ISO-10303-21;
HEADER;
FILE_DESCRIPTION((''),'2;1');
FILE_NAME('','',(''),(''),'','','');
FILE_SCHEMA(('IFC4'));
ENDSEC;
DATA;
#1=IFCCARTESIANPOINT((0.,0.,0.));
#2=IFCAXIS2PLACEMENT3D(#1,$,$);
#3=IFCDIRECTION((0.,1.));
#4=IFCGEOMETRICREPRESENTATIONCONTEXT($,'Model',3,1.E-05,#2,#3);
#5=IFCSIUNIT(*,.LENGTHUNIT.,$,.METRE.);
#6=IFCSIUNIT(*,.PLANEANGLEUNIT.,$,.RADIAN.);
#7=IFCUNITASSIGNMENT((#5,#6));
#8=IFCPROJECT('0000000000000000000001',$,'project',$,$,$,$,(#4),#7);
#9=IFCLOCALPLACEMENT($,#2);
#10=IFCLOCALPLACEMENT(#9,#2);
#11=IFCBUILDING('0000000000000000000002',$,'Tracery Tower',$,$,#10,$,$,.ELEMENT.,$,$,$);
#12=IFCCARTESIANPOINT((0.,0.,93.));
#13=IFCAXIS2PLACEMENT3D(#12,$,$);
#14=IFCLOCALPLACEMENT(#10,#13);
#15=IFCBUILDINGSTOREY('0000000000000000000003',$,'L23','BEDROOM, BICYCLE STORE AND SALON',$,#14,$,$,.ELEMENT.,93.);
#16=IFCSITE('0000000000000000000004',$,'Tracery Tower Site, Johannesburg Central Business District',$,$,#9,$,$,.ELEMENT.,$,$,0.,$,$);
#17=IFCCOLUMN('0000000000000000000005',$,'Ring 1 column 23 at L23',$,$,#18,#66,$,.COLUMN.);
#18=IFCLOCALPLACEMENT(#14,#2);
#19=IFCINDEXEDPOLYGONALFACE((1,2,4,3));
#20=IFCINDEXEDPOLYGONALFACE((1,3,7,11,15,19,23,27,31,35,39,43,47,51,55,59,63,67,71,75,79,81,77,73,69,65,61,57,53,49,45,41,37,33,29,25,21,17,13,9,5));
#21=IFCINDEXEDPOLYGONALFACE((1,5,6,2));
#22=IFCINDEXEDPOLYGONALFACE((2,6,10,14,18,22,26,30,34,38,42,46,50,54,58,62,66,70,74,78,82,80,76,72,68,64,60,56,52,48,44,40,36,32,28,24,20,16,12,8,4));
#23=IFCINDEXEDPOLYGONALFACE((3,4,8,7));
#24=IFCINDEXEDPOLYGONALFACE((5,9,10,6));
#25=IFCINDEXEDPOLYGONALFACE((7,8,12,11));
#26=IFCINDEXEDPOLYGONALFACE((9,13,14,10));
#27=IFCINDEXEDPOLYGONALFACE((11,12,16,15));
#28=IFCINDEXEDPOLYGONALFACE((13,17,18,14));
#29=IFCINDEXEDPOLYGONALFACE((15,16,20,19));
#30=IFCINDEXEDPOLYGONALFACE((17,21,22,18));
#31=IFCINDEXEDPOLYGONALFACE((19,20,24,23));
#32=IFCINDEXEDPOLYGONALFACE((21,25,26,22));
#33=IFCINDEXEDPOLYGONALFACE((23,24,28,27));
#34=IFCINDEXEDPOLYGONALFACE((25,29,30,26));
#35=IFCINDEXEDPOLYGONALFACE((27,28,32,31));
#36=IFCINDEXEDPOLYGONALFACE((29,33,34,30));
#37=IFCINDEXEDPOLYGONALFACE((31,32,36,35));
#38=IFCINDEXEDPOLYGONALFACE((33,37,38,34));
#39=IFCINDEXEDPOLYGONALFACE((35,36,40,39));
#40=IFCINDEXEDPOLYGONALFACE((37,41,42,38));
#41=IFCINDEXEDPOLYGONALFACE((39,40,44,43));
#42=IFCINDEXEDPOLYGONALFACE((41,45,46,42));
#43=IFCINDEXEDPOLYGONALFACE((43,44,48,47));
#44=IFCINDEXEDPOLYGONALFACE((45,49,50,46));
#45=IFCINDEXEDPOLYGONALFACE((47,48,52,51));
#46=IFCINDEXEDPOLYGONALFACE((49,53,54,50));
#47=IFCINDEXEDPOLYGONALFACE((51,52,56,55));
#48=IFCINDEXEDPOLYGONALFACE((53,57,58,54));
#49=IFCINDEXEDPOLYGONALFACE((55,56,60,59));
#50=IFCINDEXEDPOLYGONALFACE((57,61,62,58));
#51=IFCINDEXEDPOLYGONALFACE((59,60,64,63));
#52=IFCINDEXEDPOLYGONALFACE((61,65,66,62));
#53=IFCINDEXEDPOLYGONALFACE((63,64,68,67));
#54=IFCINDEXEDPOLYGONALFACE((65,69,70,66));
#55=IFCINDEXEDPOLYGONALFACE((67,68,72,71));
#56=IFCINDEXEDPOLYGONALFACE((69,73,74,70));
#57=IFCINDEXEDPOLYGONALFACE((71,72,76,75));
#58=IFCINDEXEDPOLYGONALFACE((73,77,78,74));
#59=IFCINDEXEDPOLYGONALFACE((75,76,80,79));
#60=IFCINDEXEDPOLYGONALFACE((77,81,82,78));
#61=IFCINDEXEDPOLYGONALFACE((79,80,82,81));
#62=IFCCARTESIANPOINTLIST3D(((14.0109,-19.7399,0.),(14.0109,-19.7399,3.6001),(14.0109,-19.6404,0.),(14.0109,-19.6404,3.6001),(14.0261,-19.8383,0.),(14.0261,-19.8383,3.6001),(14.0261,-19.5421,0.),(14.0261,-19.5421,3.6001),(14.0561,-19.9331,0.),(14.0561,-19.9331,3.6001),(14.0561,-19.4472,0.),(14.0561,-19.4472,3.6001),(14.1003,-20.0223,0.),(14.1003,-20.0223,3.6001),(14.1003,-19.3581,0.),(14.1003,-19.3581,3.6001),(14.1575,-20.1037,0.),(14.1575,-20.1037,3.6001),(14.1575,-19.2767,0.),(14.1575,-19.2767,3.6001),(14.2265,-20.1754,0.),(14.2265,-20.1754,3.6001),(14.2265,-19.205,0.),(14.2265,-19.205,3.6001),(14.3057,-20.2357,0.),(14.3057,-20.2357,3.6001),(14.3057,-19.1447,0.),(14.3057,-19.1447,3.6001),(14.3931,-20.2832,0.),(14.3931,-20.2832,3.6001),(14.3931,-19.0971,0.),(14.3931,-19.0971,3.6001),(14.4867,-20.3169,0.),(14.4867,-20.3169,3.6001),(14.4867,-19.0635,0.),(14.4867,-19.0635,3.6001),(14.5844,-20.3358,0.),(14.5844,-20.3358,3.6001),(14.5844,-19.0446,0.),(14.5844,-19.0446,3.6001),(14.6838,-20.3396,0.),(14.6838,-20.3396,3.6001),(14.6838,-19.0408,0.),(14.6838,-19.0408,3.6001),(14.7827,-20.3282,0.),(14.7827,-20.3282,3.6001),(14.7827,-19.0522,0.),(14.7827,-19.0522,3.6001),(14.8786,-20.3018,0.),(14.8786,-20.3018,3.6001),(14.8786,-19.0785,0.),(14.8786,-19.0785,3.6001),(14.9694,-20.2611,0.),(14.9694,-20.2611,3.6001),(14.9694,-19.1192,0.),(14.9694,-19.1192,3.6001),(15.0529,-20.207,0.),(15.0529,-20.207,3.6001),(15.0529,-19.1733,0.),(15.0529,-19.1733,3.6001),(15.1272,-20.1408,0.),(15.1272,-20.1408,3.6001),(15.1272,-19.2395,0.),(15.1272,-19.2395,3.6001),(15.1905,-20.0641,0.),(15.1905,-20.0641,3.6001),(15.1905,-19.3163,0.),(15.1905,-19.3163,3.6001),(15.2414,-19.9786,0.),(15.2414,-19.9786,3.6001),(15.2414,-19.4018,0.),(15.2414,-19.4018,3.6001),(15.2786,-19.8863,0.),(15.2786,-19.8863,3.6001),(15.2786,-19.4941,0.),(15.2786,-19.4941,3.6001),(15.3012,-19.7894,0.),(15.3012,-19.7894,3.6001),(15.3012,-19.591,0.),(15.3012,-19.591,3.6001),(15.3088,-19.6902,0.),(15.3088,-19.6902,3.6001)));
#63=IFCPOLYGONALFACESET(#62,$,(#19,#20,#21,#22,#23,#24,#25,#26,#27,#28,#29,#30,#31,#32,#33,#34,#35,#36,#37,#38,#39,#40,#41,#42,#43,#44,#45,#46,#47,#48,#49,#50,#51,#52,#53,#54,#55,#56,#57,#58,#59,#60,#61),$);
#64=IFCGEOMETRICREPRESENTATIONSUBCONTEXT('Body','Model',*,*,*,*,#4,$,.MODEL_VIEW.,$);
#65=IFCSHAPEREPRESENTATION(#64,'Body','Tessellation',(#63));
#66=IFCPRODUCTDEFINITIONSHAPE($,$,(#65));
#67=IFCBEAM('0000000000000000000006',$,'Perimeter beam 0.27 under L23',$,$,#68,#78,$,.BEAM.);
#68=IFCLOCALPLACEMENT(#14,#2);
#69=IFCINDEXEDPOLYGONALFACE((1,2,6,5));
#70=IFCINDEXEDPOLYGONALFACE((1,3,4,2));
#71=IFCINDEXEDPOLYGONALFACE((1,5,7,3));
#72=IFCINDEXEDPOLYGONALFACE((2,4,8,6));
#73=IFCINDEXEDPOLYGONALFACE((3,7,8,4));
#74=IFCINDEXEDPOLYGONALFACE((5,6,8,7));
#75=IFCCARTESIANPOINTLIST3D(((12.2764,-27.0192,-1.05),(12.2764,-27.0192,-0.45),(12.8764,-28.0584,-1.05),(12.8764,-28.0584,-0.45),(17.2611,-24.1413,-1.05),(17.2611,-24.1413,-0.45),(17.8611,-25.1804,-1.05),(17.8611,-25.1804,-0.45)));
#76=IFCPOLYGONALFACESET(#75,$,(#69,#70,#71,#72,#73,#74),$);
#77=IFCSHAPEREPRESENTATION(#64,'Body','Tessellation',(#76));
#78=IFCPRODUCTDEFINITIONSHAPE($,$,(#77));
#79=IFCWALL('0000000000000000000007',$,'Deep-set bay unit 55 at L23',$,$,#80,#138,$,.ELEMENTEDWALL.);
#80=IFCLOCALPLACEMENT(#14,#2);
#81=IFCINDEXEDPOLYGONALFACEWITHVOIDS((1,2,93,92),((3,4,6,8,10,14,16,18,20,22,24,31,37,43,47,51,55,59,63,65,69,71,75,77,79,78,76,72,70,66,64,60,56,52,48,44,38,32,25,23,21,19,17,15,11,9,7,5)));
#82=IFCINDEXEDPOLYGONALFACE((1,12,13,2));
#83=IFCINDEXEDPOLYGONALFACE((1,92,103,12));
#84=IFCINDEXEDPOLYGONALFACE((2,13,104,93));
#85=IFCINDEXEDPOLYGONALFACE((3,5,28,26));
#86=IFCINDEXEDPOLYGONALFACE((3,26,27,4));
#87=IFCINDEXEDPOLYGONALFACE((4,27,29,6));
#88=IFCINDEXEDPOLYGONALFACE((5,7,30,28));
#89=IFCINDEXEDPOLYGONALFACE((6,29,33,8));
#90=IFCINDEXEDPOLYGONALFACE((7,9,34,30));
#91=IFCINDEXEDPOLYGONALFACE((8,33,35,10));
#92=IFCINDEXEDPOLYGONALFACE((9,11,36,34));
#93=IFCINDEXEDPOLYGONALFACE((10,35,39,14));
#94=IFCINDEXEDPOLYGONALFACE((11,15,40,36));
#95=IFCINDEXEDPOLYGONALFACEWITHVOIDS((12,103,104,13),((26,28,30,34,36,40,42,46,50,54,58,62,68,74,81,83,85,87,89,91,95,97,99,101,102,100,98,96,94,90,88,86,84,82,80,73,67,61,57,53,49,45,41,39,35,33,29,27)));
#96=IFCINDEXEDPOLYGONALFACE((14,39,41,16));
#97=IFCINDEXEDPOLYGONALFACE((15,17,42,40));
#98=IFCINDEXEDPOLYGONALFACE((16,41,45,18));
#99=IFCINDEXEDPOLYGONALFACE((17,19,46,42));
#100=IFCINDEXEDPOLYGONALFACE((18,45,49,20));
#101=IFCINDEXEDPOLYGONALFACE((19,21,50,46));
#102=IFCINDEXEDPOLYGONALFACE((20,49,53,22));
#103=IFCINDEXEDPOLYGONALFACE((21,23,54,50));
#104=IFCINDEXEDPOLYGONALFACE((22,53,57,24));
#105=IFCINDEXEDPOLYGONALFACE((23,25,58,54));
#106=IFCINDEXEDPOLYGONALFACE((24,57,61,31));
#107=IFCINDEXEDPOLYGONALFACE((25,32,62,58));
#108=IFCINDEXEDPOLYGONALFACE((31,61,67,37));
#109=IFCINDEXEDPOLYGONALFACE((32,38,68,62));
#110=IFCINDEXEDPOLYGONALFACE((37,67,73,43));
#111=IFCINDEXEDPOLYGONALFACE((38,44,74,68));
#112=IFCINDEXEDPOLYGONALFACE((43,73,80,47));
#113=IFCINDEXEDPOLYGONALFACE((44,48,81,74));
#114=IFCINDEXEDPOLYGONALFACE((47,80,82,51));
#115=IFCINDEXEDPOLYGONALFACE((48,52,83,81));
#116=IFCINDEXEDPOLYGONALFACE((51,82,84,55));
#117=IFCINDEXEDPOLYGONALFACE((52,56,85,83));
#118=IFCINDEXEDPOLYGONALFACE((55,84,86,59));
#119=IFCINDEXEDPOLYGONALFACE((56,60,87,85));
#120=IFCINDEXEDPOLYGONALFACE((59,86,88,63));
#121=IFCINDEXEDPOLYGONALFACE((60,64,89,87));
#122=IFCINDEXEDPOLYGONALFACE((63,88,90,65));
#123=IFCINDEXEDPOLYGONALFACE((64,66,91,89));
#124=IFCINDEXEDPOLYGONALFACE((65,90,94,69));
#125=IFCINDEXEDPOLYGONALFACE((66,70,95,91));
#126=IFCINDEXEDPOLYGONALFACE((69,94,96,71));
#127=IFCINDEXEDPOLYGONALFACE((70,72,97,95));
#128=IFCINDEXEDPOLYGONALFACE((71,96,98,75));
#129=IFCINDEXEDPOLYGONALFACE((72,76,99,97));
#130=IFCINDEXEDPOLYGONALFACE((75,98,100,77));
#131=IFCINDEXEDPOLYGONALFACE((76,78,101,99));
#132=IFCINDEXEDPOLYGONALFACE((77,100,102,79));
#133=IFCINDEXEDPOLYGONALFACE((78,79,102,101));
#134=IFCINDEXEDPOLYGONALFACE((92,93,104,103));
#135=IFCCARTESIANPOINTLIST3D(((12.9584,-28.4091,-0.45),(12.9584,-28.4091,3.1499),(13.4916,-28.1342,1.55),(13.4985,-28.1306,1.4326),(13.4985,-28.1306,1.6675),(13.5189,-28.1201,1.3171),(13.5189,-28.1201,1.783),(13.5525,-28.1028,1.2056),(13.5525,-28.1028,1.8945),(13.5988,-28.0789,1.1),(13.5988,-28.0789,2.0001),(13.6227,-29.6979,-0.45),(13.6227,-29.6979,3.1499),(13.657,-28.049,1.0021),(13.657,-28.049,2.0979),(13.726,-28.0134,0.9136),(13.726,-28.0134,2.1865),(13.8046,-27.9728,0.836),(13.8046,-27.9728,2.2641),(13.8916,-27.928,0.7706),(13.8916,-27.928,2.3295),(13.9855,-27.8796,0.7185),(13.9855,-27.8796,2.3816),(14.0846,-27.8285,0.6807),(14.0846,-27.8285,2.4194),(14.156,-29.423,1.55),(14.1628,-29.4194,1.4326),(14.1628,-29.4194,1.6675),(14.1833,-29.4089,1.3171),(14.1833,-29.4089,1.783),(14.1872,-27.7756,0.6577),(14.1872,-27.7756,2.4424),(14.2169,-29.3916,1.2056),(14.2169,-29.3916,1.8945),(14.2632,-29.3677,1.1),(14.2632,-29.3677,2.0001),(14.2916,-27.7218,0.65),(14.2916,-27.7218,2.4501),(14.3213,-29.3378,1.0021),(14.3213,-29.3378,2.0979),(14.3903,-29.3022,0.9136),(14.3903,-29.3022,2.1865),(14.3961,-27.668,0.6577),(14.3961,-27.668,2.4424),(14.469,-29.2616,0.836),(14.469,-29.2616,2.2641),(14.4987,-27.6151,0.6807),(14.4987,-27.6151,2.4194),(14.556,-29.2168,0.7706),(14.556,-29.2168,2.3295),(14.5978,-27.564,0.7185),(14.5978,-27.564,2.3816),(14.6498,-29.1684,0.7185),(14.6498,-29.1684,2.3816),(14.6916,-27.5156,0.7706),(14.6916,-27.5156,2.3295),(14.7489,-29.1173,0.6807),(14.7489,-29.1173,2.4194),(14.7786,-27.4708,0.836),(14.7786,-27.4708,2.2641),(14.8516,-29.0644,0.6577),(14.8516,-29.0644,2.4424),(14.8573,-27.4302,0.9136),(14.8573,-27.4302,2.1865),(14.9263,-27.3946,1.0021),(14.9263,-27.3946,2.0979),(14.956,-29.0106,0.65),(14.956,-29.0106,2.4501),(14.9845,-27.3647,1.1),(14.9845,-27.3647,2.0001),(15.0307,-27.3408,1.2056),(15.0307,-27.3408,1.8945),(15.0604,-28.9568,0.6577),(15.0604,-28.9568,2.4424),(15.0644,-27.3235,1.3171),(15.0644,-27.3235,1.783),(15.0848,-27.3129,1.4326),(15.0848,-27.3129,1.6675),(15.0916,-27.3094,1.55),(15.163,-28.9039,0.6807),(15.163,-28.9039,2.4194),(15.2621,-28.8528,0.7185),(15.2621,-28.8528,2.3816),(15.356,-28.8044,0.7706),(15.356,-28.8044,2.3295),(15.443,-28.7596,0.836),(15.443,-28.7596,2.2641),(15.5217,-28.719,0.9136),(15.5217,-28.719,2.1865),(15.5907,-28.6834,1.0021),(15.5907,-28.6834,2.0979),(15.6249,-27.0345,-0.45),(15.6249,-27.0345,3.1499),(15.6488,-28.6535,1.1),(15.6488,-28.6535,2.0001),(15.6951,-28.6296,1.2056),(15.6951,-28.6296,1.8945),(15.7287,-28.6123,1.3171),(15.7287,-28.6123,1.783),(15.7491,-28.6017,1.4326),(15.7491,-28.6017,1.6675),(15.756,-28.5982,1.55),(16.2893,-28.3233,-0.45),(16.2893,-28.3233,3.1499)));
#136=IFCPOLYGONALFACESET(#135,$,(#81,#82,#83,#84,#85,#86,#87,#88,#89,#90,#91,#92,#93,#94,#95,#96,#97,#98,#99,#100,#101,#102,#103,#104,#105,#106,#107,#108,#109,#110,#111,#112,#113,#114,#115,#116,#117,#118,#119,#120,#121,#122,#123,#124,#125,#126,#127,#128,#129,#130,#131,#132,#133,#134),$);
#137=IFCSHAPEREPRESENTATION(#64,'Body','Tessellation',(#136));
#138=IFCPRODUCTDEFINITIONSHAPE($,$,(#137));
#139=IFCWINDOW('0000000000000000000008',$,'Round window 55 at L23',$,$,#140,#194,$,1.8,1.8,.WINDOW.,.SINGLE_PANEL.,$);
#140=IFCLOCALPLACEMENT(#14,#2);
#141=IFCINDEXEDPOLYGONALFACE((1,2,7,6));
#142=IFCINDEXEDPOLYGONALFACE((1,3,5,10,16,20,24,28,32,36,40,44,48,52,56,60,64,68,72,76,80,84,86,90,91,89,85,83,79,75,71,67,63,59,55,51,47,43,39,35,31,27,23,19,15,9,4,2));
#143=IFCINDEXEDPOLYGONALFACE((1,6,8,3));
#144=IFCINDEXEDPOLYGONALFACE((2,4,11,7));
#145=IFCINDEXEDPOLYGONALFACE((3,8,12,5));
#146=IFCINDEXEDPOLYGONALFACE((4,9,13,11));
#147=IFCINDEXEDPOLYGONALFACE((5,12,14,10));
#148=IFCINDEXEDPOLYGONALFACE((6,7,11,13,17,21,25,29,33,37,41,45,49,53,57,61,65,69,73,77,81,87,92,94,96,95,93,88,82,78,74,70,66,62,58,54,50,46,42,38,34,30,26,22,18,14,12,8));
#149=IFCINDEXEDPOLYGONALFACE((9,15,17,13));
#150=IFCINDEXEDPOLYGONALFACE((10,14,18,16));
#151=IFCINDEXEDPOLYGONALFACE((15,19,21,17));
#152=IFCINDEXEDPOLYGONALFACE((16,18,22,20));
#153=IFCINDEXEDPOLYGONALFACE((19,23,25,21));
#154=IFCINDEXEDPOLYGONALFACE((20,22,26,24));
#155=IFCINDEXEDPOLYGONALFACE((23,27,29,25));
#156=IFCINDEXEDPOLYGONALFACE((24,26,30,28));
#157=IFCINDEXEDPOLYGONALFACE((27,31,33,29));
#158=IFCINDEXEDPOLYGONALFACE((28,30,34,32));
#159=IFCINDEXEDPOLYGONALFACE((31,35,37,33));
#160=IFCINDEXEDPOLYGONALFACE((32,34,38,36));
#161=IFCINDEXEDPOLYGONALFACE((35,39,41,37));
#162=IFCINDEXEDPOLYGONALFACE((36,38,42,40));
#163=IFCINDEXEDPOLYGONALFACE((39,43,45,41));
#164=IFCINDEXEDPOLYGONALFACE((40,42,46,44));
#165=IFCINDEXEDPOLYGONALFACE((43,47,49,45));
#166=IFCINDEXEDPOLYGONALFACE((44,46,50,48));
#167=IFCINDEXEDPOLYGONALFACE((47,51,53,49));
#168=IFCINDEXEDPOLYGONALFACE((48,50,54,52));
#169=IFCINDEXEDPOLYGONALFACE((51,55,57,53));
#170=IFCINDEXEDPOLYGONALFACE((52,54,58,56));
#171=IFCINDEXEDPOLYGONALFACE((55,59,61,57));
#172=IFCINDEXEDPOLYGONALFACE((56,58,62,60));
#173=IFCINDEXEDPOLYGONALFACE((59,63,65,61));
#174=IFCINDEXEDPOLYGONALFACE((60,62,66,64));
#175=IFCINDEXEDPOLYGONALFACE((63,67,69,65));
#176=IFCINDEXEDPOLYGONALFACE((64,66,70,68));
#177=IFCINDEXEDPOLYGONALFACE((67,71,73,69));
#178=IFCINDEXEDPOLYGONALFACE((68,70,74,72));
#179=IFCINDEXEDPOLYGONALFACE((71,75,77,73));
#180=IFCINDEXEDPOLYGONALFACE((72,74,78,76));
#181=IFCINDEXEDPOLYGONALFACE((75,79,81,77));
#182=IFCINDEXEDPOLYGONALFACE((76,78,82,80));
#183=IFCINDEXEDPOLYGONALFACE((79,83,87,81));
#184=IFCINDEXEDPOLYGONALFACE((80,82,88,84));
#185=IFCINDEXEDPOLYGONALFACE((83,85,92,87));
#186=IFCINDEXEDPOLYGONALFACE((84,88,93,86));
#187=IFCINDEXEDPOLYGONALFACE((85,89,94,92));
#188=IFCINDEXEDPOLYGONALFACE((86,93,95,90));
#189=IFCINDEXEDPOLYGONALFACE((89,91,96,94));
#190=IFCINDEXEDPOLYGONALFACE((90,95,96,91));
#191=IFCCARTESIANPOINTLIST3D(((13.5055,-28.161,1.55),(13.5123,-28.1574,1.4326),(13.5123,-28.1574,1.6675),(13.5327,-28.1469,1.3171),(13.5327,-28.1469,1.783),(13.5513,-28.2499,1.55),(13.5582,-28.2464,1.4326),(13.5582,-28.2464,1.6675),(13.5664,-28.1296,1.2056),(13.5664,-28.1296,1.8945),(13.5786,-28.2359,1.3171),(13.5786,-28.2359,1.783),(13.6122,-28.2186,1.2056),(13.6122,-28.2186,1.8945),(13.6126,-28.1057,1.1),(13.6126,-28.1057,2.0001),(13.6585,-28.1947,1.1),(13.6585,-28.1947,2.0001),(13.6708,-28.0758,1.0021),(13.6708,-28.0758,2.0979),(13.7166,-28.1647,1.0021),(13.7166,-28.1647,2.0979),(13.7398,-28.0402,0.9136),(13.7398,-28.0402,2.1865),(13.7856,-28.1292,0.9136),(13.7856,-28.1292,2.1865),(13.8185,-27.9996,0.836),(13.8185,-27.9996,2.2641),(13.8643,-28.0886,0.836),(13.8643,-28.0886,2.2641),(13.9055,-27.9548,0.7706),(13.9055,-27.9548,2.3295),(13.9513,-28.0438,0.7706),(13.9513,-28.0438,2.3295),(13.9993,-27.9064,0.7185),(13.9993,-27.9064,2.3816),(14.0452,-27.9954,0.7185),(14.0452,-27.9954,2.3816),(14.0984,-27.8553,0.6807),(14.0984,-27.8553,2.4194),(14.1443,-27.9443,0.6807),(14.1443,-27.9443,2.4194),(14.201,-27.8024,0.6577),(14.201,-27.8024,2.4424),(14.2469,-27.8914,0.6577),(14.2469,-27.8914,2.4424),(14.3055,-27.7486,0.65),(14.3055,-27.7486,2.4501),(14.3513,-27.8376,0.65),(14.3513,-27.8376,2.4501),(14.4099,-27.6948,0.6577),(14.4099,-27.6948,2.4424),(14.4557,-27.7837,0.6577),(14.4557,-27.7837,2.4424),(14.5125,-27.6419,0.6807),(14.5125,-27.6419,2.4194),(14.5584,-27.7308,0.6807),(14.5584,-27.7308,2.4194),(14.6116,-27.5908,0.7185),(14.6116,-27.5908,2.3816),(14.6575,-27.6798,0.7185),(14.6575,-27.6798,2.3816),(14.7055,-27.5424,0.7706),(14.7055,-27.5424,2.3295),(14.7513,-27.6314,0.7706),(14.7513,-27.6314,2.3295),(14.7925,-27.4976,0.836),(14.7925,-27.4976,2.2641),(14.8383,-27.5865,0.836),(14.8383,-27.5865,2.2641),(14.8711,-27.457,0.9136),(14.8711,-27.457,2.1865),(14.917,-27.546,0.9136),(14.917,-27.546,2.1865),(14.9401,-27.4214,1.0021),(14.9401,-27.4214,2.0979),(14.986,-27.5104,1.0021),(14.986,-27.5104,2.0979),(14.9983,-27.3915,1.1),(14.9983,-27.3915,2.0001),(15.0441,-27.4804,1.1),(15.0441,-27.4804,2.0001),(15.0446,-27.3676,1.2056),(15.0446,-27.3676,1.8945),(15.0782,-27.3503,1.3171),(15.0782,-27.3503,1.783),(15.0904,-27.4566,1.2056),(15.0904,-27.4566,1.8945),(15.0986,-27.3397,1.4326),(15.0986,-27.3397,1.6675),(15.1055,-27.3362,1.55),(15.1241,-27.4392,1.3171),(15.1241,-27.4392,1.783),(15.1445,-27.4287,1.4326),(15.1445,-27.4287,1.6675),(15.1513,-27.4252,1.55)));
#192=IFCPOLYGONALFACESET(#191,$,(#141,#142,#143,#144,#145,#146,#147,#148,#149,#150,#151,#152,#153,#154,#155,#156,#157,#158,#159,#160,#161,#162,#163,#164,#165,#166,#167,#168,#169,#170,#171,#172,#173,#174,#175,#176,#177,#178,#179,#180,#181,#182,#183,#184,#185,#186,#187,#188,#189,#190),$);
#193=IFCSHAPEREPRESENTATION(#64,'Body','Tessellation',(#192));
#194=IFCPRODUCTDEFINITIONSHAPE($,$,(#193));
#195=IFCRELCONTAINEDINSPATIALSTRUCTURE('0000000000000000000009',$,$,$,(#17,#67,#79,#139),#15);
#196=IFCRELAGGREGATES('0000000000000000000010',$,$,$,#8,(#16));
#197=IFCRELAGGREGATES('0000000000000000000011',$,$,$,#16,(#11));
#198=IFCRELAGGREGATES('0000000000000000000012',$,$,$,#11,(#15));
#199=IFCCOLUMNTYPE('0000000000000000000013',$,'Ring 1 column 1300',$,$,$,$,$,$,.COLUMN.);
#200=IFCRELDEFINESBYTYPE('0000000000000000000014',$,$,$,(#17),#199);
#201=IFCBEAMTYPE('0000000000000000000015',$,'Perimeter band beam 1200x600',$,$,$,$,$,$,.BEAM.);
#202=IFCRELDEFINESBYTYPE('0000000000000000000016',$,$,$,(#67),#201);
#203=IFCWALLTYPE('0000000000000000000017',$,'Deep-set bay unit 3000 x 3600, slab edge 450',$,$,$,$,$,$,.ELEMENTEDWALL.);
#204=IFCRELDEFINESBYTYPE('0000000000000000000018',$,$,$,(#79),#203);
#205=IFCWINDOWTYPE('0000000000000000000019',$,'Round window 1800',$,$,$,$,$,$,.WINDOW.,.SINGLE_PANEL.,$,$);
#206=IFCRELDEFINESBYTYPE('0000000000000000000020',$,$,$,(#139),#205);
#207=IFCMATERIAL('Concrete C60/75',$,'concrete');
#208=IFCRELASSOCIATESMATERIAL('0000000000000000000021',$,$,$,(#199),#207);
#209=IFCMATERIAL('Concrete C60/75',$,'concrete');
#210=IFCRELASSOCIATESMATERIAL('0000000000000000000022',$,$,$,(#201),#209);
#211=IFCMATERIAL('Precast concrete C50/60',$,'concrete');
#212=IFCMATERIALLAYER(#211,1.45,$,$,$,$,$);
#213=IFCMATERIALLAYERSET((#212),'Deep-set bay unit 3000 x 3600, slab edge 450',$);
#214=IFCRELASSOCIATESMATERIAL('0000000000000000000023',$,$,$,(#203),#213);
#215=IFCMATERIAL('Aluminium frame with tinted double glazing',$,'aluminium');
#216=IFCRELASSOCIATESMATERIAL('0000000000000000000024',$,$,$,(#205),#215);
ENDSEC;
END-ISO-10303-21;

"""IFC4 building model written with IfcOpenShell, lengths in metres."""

from ifc_helpers import new_model, si_unit, direction, frame, frame_2d, origin, origin_2d, place, context, subcontext, project, spatial, rectangle, circle, extrude, material, layer, layer_set, material_profile, profile_set, type_object, element, fill, save


model = new_model("IFC4")

# Units and contexts
model_context = context("Model", 3, precision=1e-05, world=origin(), true_north=direction((0.0, 1.0)))
body_context = subcontext(model_context, "Body", "Model", "MODEL_VIEW")
ifc_project = project(units=[si_unit("LENGTHUNIT", "METRE"), si_unit("PLANEANGLEUNIT", "RADIAN")], contexts=[model_context])

# Site, building, storey
site_placement = place(None, origin())
site = spatial("IfcSite", under=ifc_project, at=site_placement, Name="Tracery Tower Site, Johannesburg Central Business District", CompositionType="ELEMENT", RefElevation=0.0)
building_placement = place(site_placement, origin())
building = spatial("IfcBuilding", under=site, at=building_placement, Name="Tracery Tower", CompositionType="ELEMENT")
storey_placement = place(building_placement, frame((0.0, 0.0, 93.0)))
storey = spatial("IfcBuildingStorey", under=building, at=storey_placement, Name="L23", Description="BEDROOM, BICYCLE STORE AND SALON", CompositionType="ELEMENT", Elevation=93.0)

# Column
ifc_material_1 = material(Name="Concrete C60/75", Category="concrete")
ifc_material_profile_1 = material_profile(ifc_material_1, circle(Radius=0.6499, at=origin_2d()), Name="RC D1300")
ifc_profile_set_1 = profile_set([ifc_material_profile_1], Name="Concrete C60/75")
column_type = type_object("IfcColumnType", Name="Ring 1 column 1300", PredefinedType="COLUMN", material=ifc_profile_set_1)
column_placement = place(storey_placement, frame((14.6589, -19.6902, 0.0), z_axis=(0.0, 0.0, 1.0), x_axis=(1.0, 0.0, 0.0)))
element("IfcColumn", 1, at=column_placement, inside=storey, type_object=column_type, Name="Ring 1 column 23 at L23", PredefinedType="COLUMN", context=body_context, shape_type="SweptSolid", body=[
    extrude(circle(Radius=0.6499, at=origin_2d()), origin(), (0.0, 0.0, 1.0), 3.6001),
])

# Beam
ifc_material_2 = material(Name="Concrete C60/75", Category="concrete")
ifc_material_profile_2 = material_profile(ifc_material_2, rectangle(XDim=1.2, YDim=0.6001, at=origin_2d()), Name="RC 1200x600")
ifc_profile_set_2 = profile_set([ifc_material_profile_2], Name="Concrete C60/75")
beam_type = type_object("IfcBeamType", Name="Perimeter band beam 1200x600", PredefinedType="BEAM", material=ifc_profile_set_2)
beam_placement = place(storey_placement, frame((12.5764, -27.5388, -0.75), z_axis=(0.866021, 0.500008, 0.0), x_axis=(-0.500008, 0.866021, 0.0)))
element("IfcBeam", 2, at=beam_placement, inside=storey, type_object=beam_type, Name="Perimeter beam 0.27 under L23", PredefinedType="BEAM", context=body_context, shape_type="SweptSolid", body=[
    extrude(rectangle(XDim=1.2, YDim=0.6001, at=origin_2d()), origin(), (0.0, 0.0, 1.0), 5.7559),
])

# Wall, opening, window
ifc_material_3 = material(Name="Precast concrete C50/60", Category="concrete")
ifc_layer_1 = layer(ifc_material_3, 1.45)
ifc_layer_set_1 = layer_set([ifc_layer_1], Name="Deep-set bay unit 3000 x 3600, slab edge 450")
wall_type_1 = type_object("IfcWallType", Name="Deep-set bay unit 3000 x 3600, slab edge 450", PredefinedType="ELEMENTEDWALL", material=ifc_layer_set_1)
wall_1_placement = place(storey_placement, frame((13.2905, -29.0535, -0.45), z_axis=(0.0, 0.0, 1.0), x_axis=(0.888858, 0.458183, 0.0)))
wall_1 = element("IfcWall", 3, at=wall_1_placement, inside=storey, type_object=wall_type_1, Name="Deep-set bay unit 55 at L23", PredefinedType="ELEMENTEDWALL", context=body_context, shape_type="SweptSolid", body=[
    extrude(rectangle(XDim=3.0, YDim=1.45, at=frame_2d((1.5, 0.0))), origin(), (0.0, 0.0, 1.0), 3.5999),
])
opening_1_placement = place(wall_1_placement, frame((1.5, 0.0, 2.0)))
opening_1 = element("IfcOpeningElement", 4, at=opening_1_placement, cuts=wall_1, PredefinedType="OPENING", context=body_context, shape_type="SweptSolid", body=[
    extrude(circle(Radius=0.9, at=origin_2d()), frame((0.0, 0.7349, 0.0), z_axis=(0.0, -1.0, 0.0), x_axis=(1.0, 0.0, 0.0)), (0.0, 0.0, 1.0), 1.47),
])
ifc_material_4 = material(Name="Aluminium frame with tinted double glazing", Category="aluminium")
window_type = type_object("IfcWindowType", Name="Round window 1800", PartitioningType="SINGLE_PANEL", PredefinedType="WINDOW", material=ifc_material_4)
window_1_placement = place(opening_1_placement, origin())
window_1 = element("IfcWindow", 5, at=window_1_placement, inside=storey, type_object=window_type, Name="Round window 55 at L23", OverallHeight=1.8, OverallWidth=1.8, PartitioningType="SINGLE_PANEL", PredefinedType="WINDOW", context=body_context, shape_type="SweptSolid", body=[
    extrude(circle(Radius=0.9, at=origin_2d()), frame((0.0, 0.6948, 0.0), z_axis=(0.0, -1.0, 0.0), x_axis=(1.0, 0.0, 0.0)), (0.0, 0.0, 1.0), 0.1001),
])
fill(opening_1, window_1)

save(model, "model.ifc")
